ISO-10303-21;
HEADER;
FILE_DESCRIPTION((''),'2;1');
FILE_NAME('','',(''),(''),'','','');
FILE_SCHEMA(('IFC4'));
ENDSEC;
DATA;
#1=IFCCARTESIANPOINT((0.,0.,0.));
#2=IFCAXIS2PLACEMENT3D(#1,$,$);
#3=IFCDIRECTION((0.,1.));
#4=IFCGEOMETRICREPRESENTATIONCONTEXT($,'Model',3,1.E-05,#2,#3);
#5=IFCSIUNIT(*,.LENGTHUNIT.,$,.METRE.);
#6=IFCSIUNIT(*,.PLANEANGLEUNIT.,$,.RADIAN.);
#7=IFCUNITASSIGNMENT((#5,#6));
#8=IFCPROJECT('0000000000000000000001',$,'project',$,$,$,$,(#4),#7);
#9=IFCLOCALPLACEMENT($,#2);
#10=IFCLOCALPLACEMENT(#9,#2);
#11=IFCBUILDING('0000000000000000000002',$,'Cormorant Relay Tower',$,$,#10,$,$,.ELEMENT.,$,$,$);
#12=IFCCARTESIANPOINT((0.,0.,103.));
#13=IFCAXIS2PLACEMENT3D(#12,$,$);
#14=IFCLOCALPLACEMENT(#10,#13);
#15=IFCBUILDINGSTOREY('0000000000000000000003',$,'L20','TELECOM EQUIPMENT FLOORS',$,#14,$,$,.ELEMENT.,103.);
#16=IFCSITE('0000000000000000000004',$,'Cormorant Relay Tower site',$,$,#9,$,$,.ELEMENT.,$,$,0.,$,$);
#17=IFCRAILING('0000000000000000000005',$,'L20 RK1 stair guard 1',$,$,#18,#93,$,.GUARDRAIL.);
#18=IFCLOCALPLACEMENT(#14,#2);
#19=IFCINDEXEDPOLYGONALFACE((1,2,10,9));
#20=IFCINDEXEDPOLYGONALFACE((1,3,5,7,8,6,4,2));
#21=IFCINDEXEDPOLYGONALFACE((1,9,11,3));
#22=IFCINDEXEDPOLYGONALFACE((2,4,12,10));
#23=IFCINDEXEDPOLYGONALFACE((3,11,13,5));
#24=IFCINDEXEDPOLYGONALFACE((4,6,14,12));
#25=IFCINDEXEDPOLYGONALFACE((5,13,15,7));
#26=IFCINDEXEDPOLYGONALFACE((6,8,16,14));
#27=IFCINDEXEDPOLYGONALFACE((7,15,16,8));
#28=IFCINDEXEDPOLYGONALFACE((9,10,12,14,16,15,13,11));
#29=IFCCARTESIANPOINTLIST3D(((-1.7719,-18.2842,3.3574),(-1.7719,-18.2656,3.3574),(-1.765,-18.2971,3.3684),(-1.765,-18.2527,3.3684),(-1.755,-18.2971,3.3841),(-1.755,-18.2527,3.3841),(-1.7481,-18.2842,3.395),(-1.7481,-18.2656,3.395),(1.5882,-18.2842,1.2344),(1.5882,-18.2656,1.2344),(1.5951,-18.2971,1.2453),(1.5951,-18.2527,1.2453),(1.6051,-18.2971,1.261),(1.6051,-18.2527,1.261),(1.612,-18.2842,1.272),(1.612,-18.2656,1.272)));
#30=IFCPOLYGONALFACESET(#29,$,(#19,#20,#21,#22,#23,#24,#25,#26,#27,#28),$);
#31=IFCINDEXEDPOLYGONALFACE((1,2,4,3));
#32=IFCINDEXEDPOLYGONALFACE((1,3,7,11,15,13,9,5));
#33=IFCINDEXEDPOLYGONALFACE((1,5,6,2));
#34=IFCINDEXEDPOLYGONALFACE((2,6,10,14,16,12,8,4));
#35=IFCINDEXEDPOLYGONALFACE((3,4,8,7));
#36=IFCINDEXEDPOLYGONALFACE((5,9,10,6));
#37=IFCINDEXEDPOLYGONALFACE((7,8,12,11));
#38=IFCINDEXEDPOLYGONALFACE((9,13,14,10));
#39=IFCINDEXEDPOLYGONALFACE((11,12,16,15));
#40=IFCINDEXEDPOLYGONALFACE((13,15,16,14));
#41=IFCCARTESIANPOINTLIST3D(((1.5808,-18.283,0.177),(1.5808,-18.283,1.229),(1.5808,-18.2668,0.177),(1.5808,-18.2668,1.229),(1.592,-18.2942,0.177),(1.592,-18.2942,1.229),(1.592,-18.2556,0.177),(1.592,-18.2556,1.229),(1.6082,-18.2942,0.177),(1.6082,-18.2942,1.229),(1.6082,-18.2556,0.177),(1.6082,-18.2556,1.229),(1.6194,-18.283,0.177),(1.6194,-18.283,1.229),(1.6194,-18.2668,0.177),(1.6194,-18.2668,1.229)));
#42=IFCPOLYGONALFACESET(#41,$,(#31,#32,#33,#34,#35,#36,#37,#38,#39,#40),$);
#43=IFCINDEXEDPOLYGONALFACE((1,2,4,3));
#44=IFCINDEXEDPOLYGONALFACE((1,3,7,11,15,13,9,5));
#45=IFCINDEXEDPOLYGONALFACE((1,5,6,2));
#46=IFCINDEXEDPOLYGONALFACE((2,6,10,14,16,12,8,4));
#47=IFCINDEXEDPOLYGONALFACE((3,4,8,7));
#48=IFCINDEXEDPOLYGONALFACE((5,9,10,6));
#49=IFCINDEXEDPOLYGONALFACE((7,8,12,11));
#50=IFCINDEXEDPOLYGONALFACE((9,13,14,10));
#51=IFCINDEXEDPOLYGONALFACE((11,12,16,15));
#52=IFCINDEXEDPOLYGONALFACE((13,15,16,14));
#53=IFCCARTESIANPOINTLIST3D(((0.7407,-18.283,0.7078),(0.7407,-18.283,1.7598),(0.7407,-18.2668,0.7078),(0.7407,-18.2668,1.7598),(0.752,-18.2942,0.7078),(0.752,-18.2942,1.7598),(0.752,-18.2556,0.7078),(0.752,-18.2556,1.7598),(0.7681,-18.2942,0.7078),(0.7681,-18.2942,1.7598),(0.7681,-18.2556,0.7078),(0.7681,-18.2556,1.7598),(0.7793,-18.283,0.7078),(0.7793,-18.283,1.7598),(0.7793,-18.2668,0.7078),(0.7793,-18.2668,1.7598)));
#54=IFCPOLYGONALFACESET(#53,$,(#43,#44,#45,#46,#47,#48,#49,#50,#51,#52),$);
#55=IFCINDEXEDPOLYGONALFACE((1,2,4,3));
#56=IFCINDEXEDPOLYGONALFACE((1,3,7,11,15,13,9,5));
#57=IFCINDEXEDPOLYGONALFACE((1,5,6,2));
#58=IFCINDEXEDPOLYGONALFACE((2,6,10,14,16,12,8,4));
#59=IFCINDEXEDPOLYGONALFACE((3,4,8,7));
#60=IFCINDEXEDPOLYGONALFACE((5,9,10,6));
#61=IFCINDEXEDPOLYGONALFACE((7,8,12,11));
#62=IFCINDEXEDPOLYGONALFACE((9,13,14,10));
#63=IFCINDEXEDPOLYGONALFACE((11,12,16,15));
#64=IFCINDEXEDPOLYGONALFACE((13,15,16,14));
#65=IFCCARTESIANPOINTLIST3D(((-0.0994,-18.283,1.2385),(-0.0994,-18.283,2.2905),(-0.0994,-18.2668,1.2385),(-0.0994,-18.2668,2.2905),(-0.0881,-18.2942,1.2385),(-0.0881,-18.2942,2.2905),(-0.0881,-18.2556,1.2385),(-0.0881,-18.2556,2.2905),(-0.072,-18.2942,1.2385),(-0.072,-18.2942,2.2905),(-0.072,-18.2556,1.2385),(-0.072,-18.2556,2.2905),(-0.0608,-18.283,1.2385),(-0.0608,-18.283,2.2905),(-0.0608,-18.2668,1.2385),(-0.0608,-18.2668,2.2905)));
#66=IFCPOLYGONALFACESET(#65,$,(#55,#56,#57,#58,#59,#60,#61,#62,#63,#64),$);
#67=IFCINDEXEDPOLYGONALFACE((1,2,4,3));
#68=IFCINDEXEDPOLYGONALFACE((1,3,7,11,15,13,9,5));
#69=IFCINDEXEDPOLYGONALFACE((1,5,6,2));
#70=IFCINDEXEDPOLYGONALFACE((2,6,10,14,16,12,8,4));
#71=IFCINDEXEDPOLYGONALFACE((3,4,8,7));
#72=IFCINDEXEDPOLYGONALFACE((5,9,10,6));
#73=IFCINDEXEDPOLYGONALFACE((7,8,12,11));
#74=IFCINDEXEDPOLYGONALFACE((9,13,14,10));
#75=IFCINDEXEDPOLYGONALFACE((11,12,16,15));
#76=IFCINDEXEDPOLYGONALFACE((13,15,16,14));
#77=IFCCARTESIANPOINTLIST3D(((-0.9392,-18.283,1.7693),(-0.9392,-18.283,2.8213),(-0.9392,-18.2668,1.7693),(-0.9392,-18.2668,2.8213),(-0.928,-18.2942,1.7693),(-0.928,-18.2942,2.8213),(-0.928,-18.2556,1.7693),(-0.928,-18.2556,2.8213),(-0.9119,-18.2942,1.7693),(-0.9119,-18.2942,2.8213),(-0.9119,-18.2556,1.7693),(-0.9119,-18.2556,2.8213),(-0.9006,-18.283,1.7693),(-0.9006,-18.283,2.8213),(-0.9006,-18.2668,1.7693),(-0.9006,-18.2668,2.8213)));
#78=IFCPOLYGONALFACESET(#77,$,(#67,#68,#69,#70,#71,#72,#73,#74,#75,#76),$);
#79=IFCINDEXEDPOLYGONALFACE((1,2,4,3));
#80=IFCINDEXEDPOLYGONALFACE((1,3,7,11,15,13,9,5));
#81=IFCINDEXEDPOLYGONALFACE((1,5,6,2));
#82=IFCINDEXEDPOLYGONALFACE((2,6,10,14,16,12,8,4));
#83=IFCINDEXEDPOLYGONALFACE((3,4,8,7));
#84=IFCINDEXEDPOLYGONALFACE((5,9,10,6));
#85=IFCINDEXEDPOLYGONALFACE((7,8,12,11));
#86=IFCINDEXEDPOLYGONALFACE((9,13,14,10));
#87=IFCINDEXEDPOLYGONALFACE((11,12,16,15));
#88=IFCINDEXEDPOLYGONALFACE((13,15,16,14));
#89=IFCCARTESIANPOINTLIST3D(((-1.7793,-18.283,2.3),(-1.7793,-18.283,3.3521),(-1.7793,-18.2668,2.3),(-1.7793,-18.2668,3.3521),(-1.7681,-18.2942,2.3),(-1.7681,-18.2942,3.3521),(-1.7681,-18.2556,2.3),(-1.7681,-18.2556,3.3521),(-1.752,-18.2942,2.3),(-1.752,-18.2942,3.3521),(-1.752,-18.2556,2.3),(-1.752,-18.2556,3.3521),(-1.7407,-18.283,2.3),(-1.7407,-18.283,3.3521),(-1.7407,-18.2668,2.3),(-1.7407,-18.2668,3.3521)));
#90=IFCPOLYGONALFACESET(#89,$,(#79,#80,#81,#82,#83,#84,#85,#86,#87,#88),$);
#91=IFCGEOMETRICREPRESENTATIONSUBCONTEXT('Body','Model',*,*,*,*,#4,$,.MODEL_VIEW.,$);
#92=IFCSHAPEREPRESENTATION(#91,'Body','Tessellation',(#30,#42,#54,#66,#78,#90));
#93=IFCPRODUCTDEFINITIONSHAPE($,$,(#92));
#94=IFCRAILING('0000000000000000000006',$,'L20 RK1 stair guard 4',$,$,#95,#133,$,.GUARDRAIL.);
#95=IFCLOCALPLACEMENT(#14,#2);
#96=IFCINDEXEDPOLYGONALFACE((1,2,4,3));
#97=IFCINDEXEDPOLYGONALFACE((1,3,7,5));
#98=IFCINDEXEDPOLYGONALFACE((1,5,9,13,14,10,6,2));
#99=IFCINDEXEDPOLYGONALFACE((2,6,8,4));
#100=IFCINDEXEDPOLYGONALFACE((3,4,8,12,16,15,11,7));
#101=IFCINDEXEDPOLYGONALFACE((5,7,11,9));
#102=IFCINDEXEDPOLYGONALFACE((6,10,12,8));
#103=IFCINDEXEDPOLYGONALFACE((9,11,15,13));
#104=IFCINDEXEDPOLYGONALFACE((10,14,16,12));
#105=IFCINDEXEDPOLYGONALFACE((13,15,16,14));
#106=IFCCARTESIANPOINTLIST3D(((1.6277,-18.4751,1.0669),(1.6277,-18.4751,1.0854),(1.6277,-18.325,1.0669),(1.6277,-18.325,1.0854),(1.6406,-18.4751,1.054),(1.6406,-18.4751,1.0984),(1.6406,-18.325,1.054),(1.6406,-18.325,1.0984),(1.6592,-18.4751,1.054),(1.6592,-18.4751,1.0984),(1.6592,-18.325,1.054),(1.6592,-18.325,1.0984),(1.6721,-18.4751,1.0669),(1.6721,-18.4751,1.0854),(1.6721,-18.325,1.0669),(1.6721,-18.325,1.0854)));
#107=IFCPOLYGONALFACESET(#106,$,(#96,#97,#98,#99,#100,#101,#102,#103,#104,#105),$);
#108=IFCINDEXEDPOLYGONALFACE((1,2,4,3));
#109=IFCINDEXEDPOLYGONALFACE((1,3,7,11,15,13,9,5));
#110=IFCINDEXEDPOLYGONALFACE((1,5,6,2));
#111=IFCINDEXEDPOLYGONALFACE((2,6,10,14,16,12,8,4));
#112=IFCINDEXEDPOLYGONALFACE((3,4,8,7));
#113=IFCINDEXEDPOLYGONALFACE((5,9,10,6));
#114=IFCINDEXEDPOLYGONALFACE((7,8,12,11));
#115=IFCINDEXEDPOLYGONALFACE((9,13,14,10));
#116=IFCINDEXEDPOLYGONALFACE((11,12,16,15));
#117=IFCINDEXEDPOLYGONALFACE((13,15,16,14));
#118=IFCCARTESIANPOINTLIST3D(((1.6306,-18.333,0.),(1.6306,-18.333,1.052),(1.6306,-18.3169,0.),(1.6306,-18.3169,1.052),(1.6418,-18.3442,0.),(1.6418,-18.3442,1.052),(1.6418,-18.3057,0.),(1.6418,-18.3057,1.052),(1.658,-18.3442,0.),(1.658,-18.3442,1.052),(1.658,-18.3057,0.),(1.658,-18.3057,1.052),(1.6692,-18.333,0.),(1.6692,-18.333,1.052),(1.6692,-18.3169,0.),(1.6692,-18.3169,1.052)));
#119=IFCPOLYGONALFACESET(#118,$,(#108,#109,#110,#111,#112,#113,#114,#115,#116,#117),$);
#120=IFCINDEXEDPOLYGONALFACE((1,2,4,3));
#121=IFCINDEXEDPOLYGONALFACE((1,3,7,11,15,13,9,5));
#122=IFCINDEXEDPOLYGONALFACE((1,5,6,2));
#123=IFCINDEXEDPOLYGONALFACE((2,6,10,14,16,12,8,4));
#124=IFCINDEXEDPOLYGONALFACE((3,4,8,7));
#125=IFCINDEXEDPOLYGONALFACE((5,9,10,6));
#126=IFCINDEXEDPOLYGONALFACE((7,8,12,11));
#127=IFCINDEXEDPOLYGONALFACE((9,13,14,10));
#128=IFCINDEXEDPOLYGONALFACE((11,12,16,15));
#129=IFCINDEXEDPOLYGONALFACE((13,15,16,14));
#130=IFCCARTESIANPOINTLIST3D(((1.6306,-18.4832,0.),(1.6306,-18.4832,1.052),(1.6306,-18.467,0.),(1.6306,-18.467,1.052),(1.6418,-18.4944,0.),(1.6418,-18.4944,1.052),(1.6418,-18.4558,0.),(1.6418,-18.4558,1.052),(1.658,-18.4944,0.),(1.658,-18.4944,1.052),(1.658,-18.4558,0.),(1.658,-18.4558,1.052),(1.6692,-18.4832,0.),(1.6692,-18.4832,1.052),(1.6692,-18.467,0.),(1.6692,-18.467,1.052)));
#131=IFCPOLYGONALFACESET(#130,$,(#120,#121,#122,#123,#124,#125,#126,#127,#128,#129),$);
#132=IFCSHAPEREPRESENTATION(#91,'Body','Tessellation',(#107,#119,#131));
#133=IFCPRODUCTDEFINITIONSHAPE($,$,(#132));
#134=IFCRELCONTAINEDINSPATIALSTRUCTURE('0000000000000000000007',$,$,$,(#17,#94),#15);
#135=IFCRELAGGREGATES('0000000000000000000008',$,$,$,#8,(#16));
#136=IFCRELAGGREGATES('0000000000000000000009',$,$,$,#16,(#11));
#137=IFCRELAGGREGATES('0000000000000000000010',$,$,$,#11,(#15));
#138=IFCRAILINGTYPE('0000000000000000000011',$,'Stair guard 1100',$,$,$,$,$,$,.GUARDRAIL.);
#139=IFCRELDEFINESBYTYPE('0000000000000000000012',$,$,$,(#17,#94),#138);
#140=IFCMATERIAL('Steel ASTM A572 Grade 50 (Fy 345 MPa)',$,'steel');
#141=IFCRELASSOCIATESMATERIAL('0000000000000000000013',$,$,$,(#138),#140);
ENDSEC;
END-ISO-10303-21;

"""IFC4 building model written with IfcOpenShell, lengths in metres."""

from ifc_helpers import new_model, si_unit, direction, frame, origin, place, context, subcontext, project, spatial, polyline, outline, extrude, material, type_object, element, save


model = new_model("IFC4")

# Units and contexts
model_context = context("Model", 3, precision=1e-05, world=origin(), true_north=direction((0.0, 1.0)))
body_context = subcontext(model_context, "Body", "Model", "MODEL_VIEW")
ifc_project = project(units=[si_unit("LENGTHUNIT", "METRE"), si_unit("PLANEANGLEUNIT", "RADIAN")], contexts=[model_context])

# Site, building, storey
site_placement = place(None, origin())
site = spatial("IfcSite", under=ifc_project, at=site_placement, Name="Cormorant Relay Tower site", CompositionType="ELEMENT", RefElevation=0.0)
building_placement = place(site_placement, origin())
building = spatial("IfcBuilding", under=site, at=building_placement, Name="Cormorant Relay Tower", CompositionType="ELEMENT")
storey_placement = place(building_placement, frame((0.0, 0.0, 103.0)))
storey = spatial("IfcBuildingStorey", under=building, at=storey_placement, Name="L20", Description="TELECOM EQUIPMENT FLOORS", CompositionType="ELEMENT", Elevation=103.0)

# Railings
ifc_material_1 = material(Name="Steel ASTM A572 Grade 50 (Fy 345 MPa)", Category="steel")
railing_type_1 = type_object("IfcRailingType", Name="Stair guard 1100", PredefinedType="GUARDRAIL", material=ifc_material_1)
railing_1_placement = place(storey_placement, frame((1.6001, -18.2749, 0.177)))
element("IfcRailing", 1, at=railing_1_placement, inside=storey, type_object=railing_type_1, Name="L20 RK1 stair guard 1", PredefinedType="GUARDRAIL", context=body_context, shape_type="SweptSolid", body=[
    extrude(outline(polyline([(0.0222, 0.0093), (0.0093, 0.0222), (-0.0093, 0.0222), (-0.0222, 0.0093), (-0.0222, -0.0093), (-0.0093, -0.0222), (0.0093, -0.0222), (0.0222, -0.0093), (0.0222, 0.0093)])), frame((0.0, 0.0, 1.0762), z_axis=(-0.84539, 0.0, 0.53415), x_axis=(0.0, -1.0, 0.0)), (0.0, 0.0, 1.0), 3.9746),
    extrude(outline(polyline([(0.0193, 0.0081), (0.0081, 0.0193), (-0.0081, 0.0193), (-0.0193, 0.0081), (-0.0193, -0.0081), (-0.0081, -0.0193), (0.0081, -0.0193), (0.0193, -0.0081), (0.0193, 0.0081)])), origin(), (0.0, 0.0, 1.0), 1.052),
    extrude(outline(polyline([(0.0193, 0.0081), (0.0081, 0.0193), (-0.0081, 0.0193), (-0.0193, 0.0081), (-0.0193, -0.0081), (-0.0081, -0.0193), (0.0081, -0.0193), (0.0193, -0.0081), (0.0193, 0.0081)])), frame((-0.8401, 0.0, 0.5308)), (0.0, 0.0, 1.0), 1.052),
    extrude(outline(polyline([(0.0193, 0.0081), (0.0081, 0.0193), (-0.0081, 0.0193), (-0.0193, 0.0081), (-0.0193, -0.0081), (-0.0081, -0.0193), (0.0081, -0.0193), (0.0193, -0.0081), (0.0193, 0.0081)])), frame((-1.6802, 0.0, 1.0615)), (0.0, 0.0, 1.0), 1.052),
    extrude(outline(polyline([(0.0193, 0.0081), (0.0081, 0.0193), (-0.0081, 0.0193), (-0.0193, 0.0081), (-0.0193, -0.0081), (-0.0081, -0.0193), (0.0081, -0.0193), (0.0193, -0.0081), (0.0193, 0.0081)])), frame((-2.52, 0.0, 1.5923)), (0.0, 0.0, 1.0), 1.052),
    extrude(outline(polyline([(0.0193, 0.0081), (0.0081, 0.0193), (-0.0081, 0.0193), (-0.0193, 0.0081), (-0.0193, -0.0081), (-0.0081, -0.0193), (0.0081, -0.0193), (0.0193, -0.0081), (0.0193, 0.0081)])), frame((-3.3601, 0.0, 2.123)), (0.0, 0.0, 1.0), 1.052),
])
railing_2_placement = place(storey_placement, frame((1.6499, -18.325, 0.0)))
element("IfcRailing", 2, at=railing_2_placement, inside=storey, type_object=railing_type_1, Name="L20 RK1 stair guard 4", PredefinedType="GUARDRAIL", context=body_context, shape_type="SweptSolid", body=[
    extrude(outline(polyline([(0.0222, 0.0093), (0.0093, 0.0222), (-0.0093, 0.0222), (-0.0222, 0.0093), (-0.0222, -0.0093), (-0.0093, -0.0222), (0.0093, -0.0222), (0.0222, -0.0093), (0.0222, 0.0093)])), frame((0.0, 0.0, 1.0762), z_axis=(0.0, -1.0, 0.0), x_axis=(1.0, 0.0, 0.0)), (0.0, 0.0, 1.0), 0.1501),
    extrude(outline(polyline([(0.0193, 0.0081), (0.0081, 0.0193), (-0.0081, 0.0193), (-0.0193, 0.0081), (-0.0193, -0.0081), (-0.0081, -0.0193), (0.0081, -0.0193), (0.0193, -0.0081), (0.0193, 0.0081)])), origin(), (0.0, 0.0, 1.0), 1.052),
    extrude(outline(polyline([(0.0193, 0.0081), (0.0081, 0.0193), (-0.0081, 0.0193), (-0.0193, 0.0081), (-0.0193, -0.0081), (-0.0081, -0.0193), (0.0081, -0.0193), (0.0193, -0.0081), (0.0193, 0.0081)])), frame((0.0, -0.1501, 0.0)), (0.0, 0.0, 1.0), 1.052),
])

save(model, "model.ifc")
